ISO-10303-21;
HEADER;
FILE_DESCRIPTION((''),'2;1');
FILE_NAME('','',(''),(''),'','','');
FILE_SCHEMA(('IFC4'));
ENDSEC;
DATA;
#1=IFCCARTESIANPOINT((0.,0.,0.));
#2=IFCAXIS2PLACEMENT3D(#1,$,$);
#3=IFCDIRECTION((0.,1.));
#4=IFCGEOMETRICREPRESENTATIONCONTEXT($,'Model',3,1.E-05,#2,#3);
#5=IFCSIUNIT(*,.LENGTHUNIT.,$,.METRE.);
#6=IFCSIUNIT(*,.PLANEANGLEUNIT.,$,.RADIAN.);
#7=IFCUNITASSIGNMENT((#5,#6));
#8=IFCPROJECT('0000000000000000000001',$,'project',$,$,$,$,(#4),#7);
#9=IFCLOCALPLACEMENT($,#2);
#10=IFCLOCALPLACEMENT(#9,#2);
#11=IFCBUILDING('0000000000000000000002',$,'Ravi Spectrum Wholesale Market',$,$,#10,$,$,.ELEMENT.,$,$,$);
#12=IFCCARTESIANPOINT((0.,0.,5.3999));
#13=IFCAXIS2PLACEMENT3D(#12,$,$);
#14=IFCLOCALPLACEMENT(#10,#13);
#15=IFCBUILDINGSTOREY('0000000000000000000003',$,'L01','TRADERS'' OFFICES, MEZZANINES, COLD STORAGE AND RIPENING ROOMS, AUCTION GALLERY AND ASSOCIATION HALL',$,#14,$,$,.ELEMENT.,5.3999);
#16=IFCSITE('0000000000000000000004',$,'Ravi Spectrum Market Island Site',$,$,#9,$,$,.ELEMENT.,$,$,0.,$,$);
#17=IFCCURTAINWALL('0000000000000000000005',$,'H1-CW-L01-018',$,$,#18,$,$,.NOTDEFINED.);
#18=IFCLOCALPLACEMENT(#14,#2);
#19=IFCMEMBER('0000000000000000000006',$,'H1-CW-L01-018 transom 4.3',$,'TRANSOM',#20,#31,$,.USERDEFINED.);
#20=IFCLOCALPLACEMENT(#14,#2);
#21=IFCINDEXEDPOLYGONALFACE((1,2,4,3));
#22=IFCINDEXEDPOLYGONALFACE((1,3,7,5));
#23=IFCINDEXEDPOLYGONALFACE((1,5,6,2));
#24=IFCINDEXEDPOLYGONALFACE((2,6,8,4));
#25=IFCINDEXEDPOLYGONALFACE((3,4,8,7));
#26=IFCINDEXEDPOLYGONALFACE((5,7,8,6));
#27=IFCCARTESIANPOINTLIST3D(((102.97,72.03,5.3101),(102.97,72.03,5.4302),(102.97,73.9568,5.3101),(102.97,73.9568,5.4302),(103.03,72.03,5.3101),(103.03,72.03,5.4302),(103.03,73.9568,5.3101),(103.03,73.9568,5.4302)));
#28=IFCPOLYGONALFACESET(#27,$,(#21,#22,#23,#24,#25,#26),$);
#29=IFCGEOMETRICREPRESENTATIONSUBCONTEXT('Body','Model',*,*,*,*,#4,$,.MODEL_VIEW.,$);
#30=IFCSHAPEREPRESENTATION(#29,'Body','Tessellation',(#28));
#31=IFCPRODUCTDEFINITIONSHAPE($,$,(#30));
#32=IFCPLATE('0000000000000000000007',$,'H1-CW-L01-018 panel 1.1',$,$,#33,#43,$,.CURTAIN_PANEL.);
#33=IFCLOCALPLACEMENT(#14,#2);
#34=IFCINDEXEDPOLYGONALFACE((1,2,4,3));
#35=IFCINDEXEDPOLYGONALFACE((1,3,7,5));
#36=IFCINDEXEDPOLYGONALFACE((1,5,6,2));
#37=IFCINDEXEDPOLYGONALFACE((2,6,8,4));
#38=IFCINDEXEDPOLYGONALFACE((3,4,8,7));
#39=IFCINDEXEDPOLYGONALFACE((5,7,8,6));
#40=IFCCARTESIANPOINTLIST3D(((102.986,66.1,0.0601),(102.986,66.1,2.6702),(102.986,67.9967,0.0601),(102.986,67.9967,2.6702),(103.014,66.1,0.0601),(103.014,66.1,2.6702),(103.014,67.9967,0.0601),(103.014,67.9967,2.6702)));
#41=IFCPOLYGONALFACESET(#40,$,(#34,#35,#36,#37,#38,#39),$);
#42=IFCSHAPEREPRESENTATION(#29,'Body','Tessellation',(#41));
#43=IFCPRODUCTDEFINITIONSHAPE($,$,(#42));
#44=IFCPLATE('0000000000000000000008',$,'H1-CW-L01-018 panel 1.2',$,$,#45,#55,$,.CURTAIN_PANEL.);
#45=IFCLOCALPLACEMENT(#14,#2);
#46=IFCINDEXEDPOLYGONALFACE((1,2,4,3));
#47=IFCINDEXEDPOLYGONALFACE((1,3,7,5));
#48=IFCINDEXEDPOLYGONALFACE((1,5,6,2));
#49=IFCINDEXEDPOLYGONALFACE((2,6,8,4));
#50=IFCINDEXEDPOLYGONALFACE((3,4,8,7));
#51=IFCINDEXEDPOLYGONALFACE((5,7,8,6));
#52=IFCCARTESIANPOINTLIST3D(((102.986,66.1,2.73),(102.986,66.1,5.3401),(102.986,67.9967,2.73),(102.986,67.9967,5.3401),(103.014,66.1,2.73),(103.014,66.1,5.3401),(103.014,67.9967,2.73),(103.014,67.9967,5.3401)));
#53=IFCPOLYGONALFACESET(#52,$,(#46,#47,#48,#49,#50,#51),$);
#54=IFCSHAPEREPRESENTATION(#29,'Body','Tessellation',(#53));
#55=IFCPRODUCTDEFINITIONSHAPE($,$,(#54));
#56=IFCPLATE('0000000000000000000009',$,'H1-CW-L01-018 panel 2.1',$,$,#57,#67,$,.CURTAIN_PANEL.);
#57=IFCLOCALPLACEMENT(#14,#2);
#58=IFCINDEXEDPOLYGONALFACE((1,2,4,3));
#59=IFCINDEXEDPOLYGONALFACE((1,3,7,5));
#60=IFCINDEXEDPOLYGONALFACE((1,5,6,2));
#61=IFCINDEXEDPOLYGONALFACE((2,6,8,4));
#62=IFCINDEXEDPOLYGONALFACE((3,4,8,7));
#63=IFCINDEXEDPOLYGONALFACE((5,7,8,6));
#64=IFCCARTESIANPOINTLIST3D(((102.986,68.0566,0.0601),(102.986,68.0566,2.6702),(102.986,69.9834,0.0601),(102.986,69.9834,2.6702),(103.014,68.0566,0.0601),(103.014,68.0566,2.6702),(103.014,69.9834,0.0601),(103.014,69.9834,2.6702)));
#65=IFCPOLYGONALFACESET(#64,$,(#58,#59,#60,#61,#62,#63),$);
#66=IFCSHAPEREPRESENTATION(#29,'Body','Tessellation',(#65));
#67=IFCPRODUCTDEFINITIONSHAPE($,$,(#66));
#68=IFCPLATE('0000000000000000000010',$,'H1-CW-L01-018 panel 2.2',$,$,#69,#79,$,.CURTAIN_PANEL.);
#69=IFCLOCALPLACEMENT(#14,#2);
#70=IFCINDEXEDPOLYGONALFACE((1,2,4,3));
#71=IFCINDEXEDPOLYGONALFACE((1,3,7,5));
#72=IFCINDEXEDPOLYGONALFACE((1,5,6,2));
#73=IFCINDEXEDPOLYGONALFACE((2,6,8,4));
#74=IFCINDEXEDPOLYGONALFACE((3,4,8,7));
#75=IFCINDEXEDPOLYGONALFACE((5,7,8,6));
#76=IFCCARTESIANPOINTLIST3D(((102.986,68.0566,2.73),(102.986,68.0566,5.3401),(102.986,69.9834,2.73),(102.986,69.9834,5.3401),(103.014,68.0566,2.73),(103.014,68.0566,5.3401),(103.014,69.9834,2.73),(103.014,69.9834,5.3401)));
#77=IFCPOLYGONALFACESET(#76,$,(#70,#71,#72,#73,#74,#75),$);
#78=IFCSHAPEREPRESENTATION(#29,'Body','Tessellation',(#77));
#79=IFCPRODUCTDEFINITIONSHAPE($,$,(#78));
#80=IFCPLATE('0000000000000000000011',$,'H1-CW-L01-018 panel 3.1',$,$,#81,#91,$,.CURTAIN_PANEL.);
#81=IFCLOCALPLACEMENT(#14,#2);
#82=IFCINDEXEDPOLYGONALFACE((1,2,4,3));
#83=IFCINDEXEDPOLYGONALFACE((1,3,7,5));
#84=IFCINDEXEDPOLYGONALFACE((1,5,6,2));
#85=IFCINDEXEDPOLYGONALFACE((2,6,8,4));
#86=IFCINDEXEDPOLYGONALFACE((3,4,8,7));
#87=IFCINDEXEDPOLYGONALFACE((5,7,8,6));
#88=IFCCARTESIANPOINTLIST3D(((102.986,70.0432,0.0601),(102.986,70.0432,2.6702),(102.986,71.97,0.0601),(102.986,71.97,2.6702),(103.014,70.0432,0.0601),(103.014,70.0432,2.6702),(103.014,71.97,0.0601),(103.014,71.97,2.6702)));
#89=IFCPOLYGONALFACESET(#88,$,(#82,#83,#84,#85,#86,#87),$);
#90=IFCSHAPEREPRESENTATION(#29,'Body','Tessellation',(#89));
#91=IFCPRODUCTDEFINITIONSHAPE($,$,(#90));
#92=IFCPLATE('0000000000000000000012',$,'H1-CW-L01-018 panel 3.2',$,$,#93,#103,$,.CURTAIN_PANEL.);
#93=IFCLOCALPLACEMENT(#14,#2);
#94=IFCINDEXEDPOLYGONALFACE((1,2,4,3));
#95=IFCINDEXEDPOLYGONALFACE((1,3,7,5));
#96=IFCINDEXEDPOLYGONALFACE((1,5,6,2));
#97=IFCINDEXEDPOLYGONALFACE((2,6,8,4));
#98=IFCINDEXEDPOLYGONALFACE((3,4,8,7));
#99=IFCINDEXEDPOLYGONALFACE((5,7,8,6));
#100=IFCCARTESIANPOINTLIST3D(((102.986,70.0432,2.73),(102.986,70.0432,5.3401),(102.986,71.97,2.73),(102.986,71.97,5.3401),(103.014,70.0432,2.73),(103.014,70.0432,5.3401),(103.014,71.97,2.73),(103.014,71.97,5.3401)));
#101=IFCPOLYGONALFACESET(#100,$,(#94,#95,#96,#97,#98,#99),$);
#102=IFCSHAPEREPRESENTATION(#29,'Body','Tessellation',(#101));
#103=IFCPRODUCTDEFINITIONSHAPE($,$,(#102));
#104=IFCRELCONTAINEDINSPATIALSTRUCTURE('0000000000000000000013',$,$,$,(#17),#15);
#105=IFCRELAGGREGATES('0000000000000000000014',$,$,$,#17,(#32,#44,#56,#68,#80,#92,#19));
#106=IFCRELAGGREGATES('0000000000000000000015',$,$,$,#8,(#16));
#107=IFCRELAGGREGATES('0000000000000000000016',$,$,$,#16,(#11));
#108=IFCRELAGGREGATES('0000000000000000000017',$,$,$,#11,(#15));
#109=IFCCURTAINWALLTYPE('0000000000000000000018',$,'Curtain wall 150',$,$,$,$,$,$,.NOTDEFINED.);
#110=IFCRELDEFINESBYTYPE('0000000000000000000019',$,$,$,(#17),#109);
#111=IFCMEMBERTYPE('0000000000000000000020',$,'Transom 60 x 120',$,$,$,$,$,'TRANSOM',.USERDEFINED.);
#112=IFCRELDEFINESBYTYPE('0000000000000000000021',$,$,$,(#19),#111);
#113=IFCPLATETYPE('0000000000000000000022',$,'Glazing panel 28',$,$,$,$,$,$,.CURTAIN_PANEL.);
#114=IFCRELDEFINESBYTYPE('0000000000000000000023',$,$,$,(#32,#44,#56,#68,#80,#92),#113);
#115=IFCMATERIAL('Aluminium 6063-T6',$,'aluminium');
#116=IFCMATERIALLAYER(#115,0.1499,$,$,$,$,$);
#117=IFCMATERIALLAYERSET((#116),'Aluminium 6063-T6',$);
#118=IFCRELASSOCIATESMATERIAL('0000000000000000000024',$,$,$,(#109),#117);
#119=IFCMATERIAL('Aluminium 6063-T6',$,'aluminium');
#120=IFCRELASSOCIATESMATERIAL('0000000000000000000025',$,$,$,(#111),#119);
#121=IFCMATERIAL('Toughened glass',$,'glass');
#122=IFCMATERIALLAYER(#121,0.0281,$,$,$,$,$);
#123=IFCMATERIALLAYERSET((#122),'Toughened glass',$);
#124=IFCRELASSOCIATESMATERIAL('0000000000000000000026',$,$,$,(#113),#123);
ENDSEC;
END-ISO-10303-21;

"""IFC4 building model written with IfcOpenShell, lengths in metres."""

from ifc_helpers import new_model, si_unit, direction, frame, origin, origin_2d, place, context, subcontext, project, spatial, rectangle, extrude, material, layer, layer_set, material_profile, profile_set, type_object, element, aggregate, save


model = new_model("IFC4")

# Units and contexts
model_context = context("Model", 3, precision=1e-05, world=origin(), true_north=direction((0.0, 1.0)))
body_context = subcontext(model_context, "Body", "Model", "MODEL_VIEW")
ifc_project = project(units=[si_unit("LENGTHUNIT", "METRE"), si_unit("PLANEANGLEUNIT", "RADIAN")], contexts=[model_context])

# Site, building, storey
site_placement = place(None, origin())
site = spatial("IfcSite", under=ifc_project, at=site_placement, Name="Ravi Spectrum Market Island Site", CompositionType="ELEMENT", RefElevation=0.0)
building_placement = place(site_placement, origin())
building = spatial("IfcBuilding", under=site, at=building_placement, Name="Ravi Spectrum Wholesale Market", CompositionType="ELEMENT")
storey_placement = place(building_placement, frame((0.0, 0.0, 5.3999)))
storey = spatial("IfcBuildingStorey", under=building, at=storey_placement, Name="L01", Description="TRADERS' OFFICES, MEZZANINES, COLD STORAGE AND RIPENING ROOMS, AUCTION GALLERY AND ASSOCIATION HALL", CompositionType="ELEMENT", Elevation=5.3999)

# Curtain wall, member, plates
ifc_material_1 = material(Name="Aluminium 6063-T6", Category="aluminium")
ifc_layer_1 = layer(ifc_material_1, 0.1499)
ifc_layer_set_1 = layer_set([ifc_layer_1], Name="Aluminium 6063-T6")
curtain_wall_type = type_object("IfcCurtainWallType", Name="Curtain wall 150", PredefinedType="NOTDEFINED", material=ifc_layer_set_1)
curtain_wall_placement = place(storey_placement, origin())
curtain_wall = element("IfcCurtainWall", 1, at=curtain_wall_placement, inside=storey, type_object=curtain_wall_type, Name="H1-CW-L01-018", PredefinedType="NOTDEFINED")
ifc_material_2 = material(Name="Aluminium 6063-T6", Category="aluminium")
ifc_material_profile_1 = material_profile(ifc_material_2, rectangle(XDim=0.0601, YDim=0.1201, at=origin_2d()))
ifc_profile_set_1 = profile_set([ifc_material_profile_1], Name="Aluminium 6063-T6")
member_type_1 = type_object("IfcMemberType", Name="Transom 60 x 120", ElementType="TRANSOM", PredefinedType="USERDEFINED", material=ifc_profile_set_1)
member_1_placement = place(storey_placement, frame((103.0, 72.03, 5.3701), z_axis=(0.0, 1.0, 0.0), x_axis=(-1.0, 0.0, 0.0)))
member_1 = element("IfcMember", 2, at=member_1_placement, type_object=member_type_1, Name="H1-CW-L01-018 transom 4.3", ObjectType="TRANSOM", PredefinedType="USERDEFINED", context=body_context, shape_type="SweptSolid", body=[
    extrude(rectangle(XDim=0.0601, YDim=0.1201, at=origin_2d()), origin(), (0.0, 0.0, 1.0), 1.9268),
])
ifc_material_3 = material(Name="Toughened glass", Category="glass")
ifc_layer_2 = layer(ifc_material_3, 0.0281)
ifc_layer_set_2 = layer_set([ifc_layer_2], Name="Toughened glass")
plate_type = type_object("IfcPlateType", Name="Glazing panel 28", PredefinedType="CURTAIN_PANEL", material=ifc_layer_set_2)
plate_1_placement = place(storey_placement, frame((103.0, 67.0483, 0.0601), z_axis=(0.0, 0.0, 1.0), x_axis=(0.0, 1.0, 0.0)))
plate_1 = element("IfcPlate", 3, at=plate_1_placement, type_object=plate_type, Name="H1-CW-L01-018 panel 1.1", PredefinedType="CURTAIN_PANEL", context=body_context, shape_type="SweptSolid", body=[
    extrude(rectangle(XDim=1.8967, YDim=0.0281, at=origin_2d()), origin(), (0.0, 0.0, 1.0), 2.6101),
])
plate_2_placement = place(storey_placement, frame((103.0, 67.0483, 2.73), z_axis=(0.0, 0.0, 1.0), x_axis=(0.0, 1.0, 0.0)))
plate_2 = element("IfcPlate", 4, at=plate_2_placement, type_object=plate_type, Name="H1-CW-L01-018 panel 1.2", PredefinedType="CURTAIN_PANEL", context=body_context, shape_type="SweptSolid", body=[
    extrude(rectangle(XDim=1.8967, YDim=0.0281, at=origin_2d()), origin(), (0.0, 0.0, 1.0), 2.6101),
])
plate_3_placement = place(storey_placement, frame((103.0, 69.02, 0.0601), z_axis=(0.0, 0.0, 1.0), x_axis=(0.0, 1.0, 0.0)))
plate_3 = element("IfcPlate", 5, at=plate_3_placement, type_object=plate_type, Name="H1-CW-L01-018 panel 2.1", PredefinedType="CURTAIN_PANEL", context=body_context, shape_type="SweptSolid", body=[
    extrude(rectangle(XDim=1.9268, YDim=0.0281, at=origin_2d()), origin(), (0.0, 0.0, 1.0), 2.6101),
])
plate_4_placement = place(storey_placement, frame((103.0, 69.02, 2.73), z_axis=(0.0, 0.0, 1.0), x_axis=(0.0, 1.0, 0.0)))
plate_4 = element("IfcPlate", 6, at=plate_4_placement, type_object=plate_type, Name="H1-CW-L01-018 panel 2.2", PredefinedType="CURTAIN_PANEL", context=body_context, shape_type="SweptSolid", body=[
    extrude(rectangle(XDim=1.9268, YDim=0.0281, at=origin_2d()), origin(), (0.0, 0.0, 1.0), 2.6101),
])
plate_5_placement = place(storey_placement, frame((103.0, 71.0066, 0.0601), z_axis=(0.0, 0.0, 1.0), x_axis=(0.0, 1.0, 0.0)))
plate_5 = element("IfcPlate", 7, at=plate_5_placement, type_object=plate_type, Name="H1-CW-L01-018 panel 3.1", PredefinedType="CURTAIN_PANEL", context=body_context, shape_type="SweptSolid", body=[
    extrude(rectangle(XDim=1.9268, YDim=0.0281, at=origin_2d()), origin(), (0.0, 0.0, 1.0), 2.6101),
])
plate_6_placement = place(storey_placement, frame((103.0, 71.0066, 2.73), z_axis=(0.0, 0.0, 1.0), x_axis=(0.0, 1.0, 0.0)))
plate_6 = element("IfcPlate", 8, at=plate_6_placement, type_object=plate_type, Name="H1-CW-L01-018 panel 3.2", PredefinedType="CURTAIN_PANEL", context=body_context, shape_type="SweptSolid", body=[
    extrude(rectangle(XDim=1.9268, YDim=0.0281, at=origin_2d()), origin(), (0.0, 0.0, 1.0), 2.6101),
])
aggregate(curtain_wall, [plate_1, plate_2, plate_3, plate_4, plate_5, plate_6, member_1])

save(model, "model.ifc")
